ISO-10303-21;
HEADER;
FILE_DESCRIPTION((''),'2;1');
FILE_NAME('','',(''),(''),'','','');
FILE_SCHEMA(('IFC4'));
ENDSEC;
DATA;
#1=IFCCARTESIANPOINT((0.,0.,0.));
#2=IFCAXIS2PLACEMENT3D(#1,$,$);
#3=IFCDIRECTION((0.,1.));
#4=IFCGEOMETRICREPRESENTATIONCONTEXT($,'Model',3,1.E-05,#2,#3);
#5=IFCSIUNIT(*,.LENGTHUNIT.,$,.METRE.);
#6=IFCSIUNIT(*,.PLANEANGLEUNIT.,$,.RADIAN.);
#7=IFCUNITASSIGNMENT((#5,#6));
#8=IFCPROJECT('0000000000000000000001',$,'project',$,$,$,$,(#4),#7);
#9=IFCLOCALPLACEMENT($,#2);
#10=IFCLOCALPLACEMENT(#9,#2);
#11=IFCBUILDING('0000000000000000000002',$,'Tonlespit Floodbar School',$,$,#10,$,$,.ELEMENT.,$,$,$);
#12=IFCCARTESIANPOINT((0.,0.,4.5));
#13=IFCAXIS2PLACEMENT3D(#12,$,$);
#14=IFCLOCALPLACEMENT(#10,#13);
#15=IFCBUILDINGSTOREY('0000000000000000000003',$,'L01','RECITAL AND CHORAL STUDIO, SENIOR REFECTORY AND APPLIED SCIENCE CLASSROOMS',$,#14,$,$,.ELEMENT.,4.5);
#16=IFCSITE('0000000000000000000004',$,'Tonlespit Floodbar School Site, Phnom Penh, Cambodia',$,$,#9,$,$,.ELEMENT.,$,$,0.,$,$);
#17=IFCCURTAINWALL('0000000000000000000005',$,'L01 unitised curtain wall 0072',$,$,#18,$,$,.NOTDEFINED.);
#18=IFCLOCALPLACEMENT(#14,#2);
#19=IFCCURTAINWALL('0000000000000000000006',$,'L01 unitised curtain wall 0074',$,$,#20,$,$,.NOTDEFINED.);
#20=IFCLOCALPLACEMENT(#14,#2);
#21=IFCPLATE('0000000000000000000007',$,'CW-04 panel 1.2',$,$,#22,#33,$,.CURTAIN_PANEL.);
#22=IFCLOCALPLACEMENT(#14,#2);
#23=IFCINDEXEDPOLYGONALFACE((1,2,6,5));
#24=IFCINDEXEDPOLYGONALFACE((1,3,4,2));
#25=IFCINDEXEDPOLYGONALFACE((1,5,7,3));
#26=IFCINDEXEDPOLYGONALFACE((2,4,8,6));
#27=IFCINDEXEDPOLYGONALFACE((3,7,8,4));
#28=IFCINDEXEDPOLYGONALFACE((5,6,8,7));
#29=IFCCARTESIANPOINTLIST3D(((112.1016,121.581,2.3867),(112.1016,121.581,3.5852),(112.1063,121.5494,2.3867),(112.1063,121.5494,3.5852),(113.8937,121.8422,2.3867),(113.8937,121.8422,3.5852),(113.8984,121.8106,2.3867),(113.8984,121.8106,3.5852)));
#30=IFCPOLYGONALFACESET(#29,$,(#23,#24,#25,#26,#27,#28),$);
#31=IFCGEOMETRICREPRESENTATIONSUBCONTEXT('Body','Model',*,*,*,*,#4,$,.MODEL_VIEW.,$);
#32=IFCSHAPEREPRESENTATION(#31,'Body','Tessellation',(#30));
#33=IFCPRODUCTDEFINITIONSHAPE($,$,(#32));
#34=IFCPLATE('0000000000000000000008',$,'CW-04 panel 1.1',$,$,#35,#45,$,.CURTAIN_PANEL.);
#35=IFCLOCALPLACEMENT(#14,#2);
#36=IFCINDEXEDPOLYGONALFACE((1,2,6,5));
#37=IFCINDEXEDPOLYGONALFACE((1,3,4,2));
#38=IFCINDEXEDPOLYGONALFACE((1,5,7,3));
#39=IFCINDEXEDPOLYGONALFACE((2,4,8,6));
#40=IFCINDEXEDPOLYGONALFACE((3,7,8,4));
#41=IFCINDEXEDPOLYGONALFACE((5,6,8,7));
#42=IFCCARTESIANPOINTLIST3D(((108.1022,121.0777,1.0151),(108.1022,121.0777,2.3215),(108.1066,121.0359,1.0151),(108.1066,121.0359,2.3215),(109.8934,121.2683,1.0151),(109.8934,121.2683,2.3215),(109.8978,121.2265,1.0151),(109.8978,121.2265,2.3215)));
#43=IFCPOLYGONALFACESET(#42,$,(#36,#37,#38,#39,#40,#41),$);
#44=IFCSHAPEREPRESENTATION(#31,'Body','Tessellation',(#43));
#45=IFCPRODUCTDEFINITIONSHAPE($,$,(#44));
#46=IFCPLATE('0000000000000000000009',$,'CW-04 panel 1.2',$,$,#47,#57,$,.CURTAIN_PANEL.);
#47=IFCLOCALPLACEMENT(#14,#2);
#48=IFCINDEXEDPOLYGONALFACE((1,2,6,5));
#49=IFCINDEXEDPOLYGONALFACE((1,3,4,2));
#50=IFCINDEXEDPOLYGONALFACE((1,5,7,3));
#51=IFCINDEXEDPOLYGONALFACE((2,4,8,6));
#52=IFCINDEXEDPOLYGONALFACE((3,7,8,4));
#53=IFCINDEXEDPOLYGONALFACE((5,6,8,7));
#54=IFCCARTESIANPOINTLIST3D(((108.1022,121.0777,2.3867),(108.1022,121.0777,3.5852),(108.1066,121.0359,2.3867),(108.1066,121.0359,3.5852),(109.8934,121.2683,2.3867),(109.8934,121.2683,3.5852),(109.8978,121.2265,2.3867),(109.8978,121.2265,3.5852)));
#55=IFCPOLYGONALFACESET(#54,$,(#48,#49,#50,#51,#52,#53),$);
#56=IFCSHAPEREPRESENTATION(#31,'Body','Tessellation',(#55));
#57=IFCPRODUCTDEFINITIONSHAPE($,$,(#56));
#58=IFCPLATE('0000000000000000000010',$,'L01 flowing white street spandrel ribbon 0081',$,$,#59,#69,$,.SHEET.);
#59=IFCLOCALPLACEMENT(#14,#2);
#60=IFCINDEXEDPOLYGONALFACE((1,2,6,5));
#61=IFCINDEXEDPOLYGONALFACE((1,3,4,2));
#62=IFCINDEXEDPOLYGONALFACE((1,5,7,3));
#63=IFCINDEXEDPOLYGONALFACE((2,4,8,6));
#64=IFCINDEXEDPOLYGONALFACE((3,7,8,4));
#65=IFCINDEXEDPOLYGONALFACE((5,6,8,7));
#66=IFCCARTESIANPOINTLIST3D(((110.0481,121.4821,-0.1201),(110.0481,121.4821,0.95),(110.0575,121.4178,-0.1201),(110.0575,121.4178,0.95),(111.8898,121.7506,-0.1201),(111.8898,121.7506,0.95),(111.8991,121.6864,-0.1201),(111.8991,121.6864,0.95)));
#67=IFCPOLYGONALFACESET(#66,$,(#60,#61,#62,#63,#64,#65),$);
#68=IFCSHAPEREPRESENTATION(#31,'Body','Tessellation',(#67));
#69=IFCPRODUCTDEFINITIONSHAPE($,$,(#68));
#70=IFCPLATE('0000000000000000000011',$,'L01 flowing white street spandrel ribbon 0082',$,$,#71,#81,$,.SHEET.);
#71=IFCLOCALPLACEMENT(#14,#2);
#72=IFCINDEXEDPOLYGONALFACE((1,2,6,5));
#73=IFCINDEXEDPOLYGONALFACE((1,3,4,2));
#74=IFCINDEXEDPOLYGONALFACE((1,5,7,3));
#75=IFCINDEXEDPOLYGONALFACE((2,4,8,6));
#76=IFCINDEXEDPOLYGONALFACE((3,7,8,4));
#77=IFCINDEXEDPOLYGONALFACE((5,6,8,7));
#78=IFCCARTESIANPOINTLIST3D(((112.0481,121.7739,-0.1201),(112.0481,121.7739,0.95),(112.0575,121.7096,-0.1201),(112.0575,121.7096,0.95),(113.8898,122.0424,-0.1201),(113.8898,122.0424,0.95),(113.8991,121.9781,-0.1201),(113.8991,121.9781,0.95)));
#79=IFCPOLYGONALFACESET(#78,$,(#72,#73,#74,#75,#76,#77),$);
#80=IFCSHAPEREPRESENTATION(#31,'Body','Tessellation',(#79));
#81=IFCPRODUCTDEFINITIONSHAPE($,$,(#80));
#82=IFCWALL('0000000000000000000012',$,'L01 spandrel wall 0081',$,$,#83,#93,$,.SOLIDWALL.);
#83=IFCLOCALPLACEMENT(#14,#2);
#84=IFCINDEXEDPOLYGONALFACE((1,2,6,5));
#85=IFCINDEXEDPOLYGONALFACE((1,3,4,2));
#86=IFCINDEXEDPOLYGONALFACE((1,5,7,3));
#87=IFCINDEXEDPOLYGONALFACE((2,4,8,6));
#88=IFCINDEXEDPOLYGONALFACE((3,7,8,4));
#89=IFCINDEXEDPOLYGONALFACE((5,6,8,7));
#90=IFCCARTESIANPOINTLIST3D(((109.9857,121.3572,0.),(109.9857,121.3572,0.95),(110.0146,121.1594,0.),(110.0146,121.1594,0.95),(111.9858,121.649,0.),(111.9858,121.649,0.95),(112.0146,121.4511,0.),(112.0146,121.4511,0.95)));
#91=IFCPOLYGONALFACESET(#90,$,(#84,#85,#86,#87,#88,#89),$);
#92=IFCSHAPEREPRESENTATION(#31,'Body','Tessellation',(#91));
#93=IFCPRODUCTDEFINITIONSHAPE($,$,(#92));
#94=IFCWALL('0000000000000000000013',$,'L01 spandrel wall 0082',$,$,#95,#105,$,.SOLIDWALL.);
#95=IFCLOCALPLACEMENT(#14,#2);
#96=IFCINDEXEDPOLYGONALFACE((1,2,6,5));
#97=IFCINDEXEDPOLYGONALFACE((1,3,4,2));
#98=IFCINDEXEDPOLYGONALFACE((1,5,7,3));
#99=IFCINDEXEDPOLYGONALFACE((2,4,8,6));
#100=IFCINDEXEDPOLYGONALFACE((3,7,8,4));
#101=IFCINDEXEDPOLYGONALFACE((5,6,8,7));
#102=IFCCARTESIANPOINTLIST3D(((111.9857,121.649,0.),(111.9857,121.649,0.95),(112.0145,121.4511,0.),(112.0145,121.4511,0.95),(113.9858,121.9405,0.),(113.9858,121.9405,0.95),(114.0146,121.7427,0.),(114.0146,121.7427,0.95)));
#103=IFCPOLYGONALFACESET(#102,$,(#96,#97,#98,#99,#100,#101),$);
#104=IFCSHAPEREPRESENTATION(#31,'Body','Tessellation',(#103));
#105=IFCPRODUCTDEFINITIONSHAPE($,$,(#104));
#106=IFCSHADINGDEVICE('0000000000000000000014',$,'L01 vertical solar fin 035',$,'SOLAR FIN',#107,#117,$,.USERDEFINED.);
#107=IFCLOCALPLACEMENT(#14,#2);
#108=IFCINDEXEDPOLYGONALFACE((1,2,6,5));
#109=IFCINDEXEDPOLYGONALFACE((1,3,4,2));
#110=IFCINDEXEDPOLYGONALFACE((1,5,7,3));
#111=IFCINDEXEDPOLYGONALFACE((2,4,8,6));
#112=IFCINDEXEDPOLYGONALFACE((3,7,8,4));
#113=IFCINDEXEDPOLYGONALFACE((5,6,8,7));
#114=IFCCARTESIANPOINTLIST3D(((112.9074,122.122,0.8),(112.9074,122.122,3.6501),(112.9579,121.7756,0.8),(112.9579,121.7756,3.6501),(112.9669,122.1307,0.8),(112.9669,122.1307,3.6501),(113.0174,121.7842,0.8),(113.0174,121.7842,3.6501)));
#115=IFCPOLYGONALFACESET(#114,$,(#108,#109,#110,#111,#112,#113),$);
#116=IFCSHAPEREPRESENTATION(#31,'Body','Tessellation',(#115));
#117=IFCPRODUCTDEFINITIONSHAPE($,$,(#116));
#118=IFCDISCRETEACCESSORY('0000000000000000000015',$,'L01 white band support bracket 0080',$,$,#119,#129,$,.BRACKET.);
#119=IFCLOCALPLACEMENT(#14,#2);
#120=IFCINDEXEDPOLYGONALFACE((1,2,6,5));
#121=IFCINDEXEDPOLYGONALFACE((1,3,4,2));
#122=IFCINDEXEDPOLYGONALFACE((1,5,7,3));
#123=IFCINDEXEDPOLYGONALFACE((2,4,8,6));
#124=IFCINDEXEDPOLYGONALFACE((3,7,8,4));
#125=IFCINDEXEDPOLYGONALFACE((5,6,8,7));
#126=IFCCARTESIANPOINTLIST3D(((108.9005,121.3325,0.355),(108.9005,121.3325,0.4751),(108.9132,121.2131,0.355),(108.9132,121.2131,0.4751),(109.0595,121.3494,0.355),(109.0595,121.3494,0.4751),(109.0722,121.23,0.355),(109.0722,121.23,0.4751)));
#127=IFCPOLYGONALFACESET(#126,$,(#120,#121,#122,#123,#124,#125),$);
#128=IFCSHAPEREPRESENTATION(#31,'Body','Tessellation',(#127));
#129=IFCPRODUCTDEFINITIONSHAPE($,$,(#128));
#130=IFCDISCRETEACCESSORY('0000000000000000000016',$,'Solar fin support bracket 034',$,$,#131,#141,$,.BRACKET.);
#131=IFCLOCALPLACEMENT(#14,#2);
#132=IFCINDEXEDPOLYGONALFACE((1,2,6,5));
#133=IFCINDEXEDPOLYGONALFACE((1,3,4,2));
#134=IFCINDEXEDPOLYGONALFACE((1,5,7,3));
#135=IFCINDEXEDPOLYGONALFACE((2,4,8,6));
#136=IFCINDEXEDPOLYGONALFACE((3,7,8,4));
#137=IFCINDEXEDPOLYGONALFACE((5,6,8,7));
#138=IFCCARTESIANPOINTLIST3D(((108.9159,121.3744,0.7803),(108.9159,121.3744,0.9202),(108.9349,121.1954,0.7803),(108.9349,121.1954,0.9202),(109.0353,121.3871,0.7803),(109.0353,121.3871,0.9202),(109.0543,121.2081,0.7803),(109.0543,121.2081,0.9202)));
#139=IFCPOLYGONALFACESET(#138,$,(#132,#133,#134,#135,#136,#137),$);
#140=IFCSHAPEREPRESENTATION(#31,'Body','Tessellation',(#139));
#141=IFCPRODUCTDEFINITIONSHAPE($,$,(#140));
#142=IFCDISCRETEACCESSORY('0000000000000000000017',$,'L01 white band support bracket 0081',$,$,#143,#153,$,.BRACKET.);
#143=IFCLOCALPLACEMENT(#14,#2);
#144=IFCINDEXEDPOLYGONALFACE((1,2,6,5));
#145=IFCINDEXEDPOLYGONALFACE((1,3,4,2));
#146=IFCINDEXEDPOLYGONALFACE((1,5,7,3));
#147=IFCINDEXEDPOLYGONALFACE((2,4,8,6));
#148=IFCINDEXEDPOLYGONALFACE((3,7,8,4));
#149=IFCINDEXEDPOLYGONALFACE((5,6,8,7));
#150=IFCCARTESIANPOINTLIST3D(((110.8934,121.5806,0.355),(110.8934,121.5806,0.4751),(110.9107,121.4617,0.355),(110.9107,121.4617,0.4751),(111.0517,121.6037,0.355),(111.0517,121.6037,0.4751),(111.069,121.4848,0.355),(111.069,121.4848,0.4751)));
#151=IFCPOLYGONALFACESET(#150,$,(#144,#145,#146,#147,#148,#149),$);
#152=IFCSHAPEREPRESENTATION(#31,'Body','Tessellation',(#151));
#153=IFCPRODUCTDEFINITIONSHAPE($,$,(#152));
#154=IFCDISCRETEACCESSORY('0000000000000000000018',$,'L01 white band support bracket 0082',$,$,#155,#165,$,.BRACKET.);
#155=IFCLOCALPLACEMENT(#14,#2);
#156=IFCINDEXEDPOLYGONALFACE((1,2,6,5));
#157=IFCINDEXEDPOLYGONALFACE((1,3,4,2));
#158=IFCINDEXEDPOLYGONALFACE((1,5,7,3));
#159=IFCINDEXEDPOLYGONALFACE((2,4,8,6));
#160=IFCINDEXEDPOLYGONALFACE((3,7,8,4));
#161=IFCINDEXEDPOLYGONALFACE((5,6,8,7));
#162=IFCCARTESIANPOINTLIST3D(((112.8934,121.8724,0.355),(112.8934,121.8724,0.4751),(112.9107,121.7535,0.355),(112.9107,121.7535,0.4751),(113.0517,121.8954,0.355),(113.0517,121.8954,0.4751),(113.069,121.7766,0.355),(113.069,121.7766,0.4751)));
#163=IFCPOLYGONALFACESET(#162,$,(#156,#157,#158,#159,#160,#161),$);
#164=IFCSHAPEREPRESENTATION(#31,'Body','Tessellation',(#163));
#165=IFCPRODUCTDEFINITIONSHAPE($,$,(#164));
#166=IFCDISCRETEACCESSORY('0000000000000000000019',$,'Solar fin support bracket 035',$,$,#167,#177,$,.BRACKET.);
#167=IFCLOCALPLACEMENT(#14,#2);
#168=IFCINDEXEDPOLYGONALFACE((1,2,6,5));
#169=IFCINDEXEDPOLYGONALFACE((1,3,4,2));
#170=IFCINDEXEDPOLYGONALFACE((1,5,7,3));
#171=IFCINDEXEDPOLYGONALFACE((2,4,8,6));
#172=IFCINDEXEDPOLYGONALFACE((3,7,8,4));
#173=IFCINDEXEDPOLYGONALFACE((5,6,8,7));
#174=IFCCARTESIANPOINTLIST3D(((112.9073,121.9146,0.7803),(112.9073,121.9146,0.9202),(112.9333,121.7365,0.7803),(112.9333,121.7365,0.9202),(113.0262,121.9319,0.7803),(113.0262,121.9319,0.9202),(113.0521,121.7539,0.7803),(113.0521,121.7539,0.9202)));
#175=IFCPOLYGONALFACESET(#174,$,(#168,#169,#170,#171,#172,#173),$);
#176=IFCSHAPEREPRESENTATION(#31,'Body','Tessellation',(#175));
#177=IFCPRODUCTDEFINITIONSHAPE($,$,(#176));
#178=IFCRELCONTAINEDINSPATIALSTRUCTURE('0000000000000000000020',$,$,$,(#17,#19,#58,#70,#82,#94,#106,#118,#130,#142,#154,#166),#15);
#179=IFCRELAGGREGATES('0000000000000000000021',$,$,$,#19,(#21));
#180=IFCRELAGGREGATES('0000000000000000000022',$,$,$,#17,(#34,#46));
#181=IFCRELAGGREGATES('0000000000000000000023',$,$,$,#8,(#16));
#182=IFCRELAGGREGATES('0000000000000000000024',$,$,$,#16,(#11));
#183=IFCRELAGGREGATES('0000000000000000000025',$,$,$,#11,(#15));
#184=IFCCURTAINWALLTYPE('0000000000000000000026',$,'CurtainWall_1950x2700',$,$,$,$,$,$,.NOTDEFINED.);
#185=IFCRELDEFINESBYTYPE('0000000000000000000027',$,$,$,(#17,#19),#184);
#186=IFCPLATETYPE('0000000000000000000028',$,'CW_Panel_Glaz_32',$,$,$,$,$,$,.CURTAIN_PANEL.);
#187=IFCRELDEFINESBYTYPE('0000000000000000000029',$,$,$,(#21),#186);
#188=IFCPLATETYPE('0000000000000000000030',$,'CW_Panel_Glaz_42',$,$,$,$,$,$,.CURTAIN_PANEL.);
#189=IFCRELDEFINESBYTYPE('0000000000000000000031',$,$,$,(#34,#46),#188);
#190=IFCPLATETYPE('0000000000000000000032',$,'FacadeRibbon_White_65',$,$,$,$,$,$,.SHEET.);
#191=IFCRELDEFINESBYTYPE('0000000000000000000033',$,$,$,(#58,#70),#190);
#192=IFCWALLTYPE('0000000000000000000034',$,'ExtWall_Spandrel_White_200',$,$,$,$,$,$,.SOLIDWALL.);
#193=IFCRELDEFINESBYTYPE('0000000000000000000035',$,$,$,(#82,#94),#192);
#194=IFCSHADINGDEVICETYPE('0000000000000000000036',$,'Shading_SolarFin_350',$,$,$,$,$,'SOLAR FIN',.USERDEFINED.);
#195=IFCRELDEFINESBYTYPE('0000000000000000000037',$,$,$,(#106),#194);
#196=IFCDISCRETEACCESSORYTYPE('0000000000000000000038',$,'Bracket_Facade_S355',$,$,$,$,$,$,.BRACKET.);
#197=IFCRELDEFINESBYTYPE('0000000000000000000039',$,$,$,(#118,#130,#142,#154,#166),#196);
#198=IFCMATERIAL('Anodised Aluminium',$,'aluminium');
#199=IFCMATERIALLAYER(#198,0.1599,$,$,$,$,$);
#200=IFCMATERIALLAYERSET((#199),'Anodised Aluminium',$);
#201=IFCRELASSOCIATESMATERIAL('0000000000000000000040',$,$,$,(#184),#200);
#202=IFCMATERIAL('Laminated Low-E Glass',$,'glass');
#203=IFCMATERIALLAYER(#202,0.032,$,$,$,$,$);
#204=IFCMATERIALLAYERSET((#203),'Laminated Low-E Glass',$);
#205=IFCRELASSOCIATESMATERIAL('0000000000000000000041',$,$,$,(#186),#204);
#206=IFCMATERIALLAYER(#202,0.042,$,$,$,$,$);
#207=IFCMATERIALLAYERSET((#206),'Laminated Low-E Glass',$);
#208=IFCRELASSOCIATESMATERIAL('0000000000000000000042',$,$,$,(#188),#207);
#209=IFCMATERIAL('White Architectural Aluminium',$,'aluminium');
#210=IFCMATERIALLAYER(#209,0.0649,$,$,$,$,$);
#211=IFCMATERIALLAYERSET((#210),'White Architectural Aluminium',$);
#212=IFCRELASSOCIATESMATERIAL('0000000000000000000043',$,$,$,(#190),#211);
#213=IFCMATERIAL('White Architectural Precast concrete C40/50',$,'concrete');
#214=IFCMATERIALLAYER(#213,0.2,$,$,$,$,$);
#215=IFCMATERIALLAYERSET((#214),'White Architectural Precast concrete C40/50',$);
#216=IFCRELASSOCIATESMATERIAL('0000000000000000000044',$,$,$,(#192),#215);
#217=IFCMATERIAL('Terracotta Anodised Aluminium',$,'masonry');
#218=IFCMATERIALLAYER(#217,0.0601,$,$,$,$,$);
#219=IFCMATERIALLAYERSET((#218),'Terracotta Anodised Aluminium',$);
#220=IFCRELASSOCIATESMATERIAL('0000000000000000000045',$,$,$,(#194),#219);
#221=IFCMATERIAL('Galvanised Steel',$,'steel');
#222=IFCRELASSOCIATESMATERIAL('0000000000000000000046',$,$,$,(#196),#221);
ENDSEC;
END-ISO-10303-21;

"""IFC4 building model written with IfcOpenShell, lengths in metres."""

from ifc_helpers import new_model, si_unit, direction, frame, frame_2d, origin, origin_2d, place, context, subcontext, project, spatial, rectangle, extrude, material, layer, layer_set, type_object, element, aggregate, save


model = new_model("IFC4")

# Units and contexts
model_context = context("Model", 3, precision=1e-05, world=origin(), true_north=direction((0.0, 1.0)))
body_context = subcontext(model_context, "Body", "Model", "MODEL_VIEW")
ifc_project = project(units=[si_unit("LENGTHUNIT", "METRE"), si_unit("PLANEANGLEUNIT", "RADIAN")], contexts=[model_context])

# Site, building, storey
site_placement = place(None, origin())
site = spatial("IfcSite", under=ifc_project, at=site_placement, Name="Tonlespit Floodbar School Site, Phnom Penh, Cambodia", CompositionType="ELEMENT", RefElevation=0.0)
building_placement = place(site_placement, origin())
building = spatial("IfcBuilding", under=site, at=building_placement, Name="Tonlespit Floodbar School", CompositionType="ELEMENT")
storey_placement = place(building_placement, frame((0.0, 0.0, 4.5)))
storey = spatial("IfcBuildingStorey", under=building, at=storey_placement, Name="L01", Description="RECITAL AND CHORAL STUDIO, SENIOR REFECTORY AND APPLIED SCIENCE CLASSROOMS", CompositionType="ELEMENT", Elevation=4.5)

# Curtain wall
ifc_material_1 = material(Name="Anodised Aluminium", Category="aluminium")
ifc_layer_1 = layer(ifc_material_1, 0.1599)
ifc_layer_set_1 = layer_set([ifc_layer_1], Name="Anodised Aluminium")
curtain_wall_type = type_object("IfcCurtainWallType", Name="CurtainWall_1950x2700", PredefinedType="NOTDEFINED", material=ifc_layer_set_1)
curtain_wall_1_placement = place(storey_placement, origin())
curtain_wall_1 = element("IfcCurtainWall", 1, at=curtain_wall_1_placement, inside=storey, type_object=curtain_wall_type, Name="L01 unitised curtain wall 0072", PredefinedType="NOTDEFINED")

# Curtain wall
curtain_wall_2_placement = place(storey_placement, origin())
curtain_wall_2 = element("IfcCurtainWall", 2, at=curtain_wall_2_placement, inside=storey, type_object=curtain_wall_type, Name="L01 unitised curtain wall 0074", PredefinedType="NOTDEFINED")

# Plates
ifc_material_2 = material(Name="Laminated Low-E Glass", Category="glass")
ifc_layer_2 = layer(ifc_material_2, 0.032)
ifc_layer_set_2 = layer_set([ifc_layer_2], Name="Laminated Low-E Glass")
plate_type_1 = type_object("IfcPlateType", Name="CW_Panel_Glaz_32", PredefinedType="CURTAIN_PANEL", material=ifc_layer_set_2)
plate_1_placement = place(storey_placement, frame((113.0, 121.6958, 2.3867), z_axis=(0.0, 0.0, 1.0), x_axis=(0.989542, 0.144248, 0.0)))
plate_1 = element("IfcPlate", 3, at=plate_1_placement, type_object=plate_type_1, Name="CW-04 panel 1.2", PredefinedType="CURTAIN_PANEL", context=body_context, shape_type="SweptSolid", body=[
    extrude(rectangle(XDim=1.811, YDim=0.032, at=origin_2d()), origin(), (0.0, 0.0, 1.0), 1.1985),
])
aggregate(curtain_wall_2, [plate_1])
ifc_layer_3 = layer(ifc_material_2, 0.042)
ifc_layer_set_3 = layer_set([ifc_layer_3], Name="Laminated Low-E Glass")
plate_type_2 = type_object("IfcPlateType", Name="CW_Panel_Glaz_42", PredefinedType="CURTAIN_PANEL", material=ifc_layer_set_3)
plate_2_placement = place(storey_placement, frame((109.0, 121.1521, 1.0151), z_axis=(0.0, 0.0, 1.0), x_axis=(0.994389, 0.105787, 0.0)))
plate_2 = element("IfcPlate", 4, at=plate_2_placement, type_object=plate_type_2, Name="CW-04 panel 1.1", PredefinedType="CURTAIN_PANEL", context=body_context, shape_type="SweptSolid", body=[
    extrude(rectangle(XDim=1.8013, YDim=0.042, at=origin_2d()), origin(), (0.0, 0.0, 1.0), 1.3064),
])
plate_3_placement = place(storey_placement, frame((109.0, 121.1521, 2.3867), z_axis=(0.0, 0.0, 1.0), x_axis=(0.994389, 0.105787, 0.0)))
plate_3 = element("IfcPlate", 5, at=plate_3_placement, type_object=plate_type_2, Name="CW-04 panel 1.2", PredefinedType="CURTAIN_PANEL", context=body_context, shape_type="SweptSolid", body=[
    extrude(rectangle(XDim=1.8013, YDim=0.042, at=origin_2d()), origin(), (0.0, 0.0, 1.0), 1.1985),
])
aggregate(curtain_wall_1, [plate_2, plate_3])

# Plates
ifc_material_3 = material(Name="White Architectural Aluminium", Category="aluminium")
ifc_layer_4 = layer(ifc_material_3, 0.0649)
ifc_layer_set_4 = layer_set([ifc_layer_4], Name="White Architectural Aluminium")
plate_type_3 = type_object("IfcPlateType", Name="FacadeRibbon_White_65", PredefinedType="SHEET", material=ifc_layer_set_4)
for number, where, z_axis, x_axis, name in (
    (6, (110.9736, 121.5842, -0.1201), (0.0, 0.0, 1.0), (0.989538, 0.144275, 0.0), "L01 flowing white street spandrel ribbon 0081"),
    (7, (112.9736, 121.876, -0.1201), (0.0, 0.0, 1.0), (0.989538, 0.144275, 0.0), "L01 flowing white street spandrel ribbon 0082"),
):
    element("IfcPlate", number, at=place(storey_placement, frame(where, z_axis=z_axis, x_axis=x_axis)), inside=storey, type_object=plate_type_3, Name=name, PredefinedType="SHEET", context=body_context, shape_type="SweptSolid", body=[
        extrude(rectangle(XDim=1.8611, YDim=0.0649, at=origin_2d()), origin(), (0.0, 0.0, 1.0), 1.0701),
    ])

# Walls
ifc_material_4 = material(Name="White Architectural Precast concrete C40/50", Category="concrete")
ifc_layer_5 = layer(ifc_material_4, 0.2)
ifc_layer_set_5 = layer_set([ifc_layer_5], Name="White Architectural Precast concrete C40/50")
wall_type = type_object("IfcWallType", Name="ExtWall_Spandrel_White_200", PredefinedType="SOLIDWALL", material=ifc_layer_set_5)
for number, where, z_axis, x_axis, name in (
    (8, (110.0, 121.2583, 0.0), (0.0, 0.0, 1.0), (0.989527, 0.144346, 0.0), "L01 spandrel wall 0081"),
    (9, (112.0, 121.55, 0.0), (0.0, 0.0, 1.0), (0.989544, 0.144228, 0.0), "L01 spandrel wall 0082"),
):
    element("IfcWall", number, at=place(storey_placement, frame(where, z_axis=z_axis, x_axis=x_axis)), inside=storey, type_object=wall_type, Name=name, PredefinedType="SOLIDWALL", context=body_context, shape_type="SweptSolid", body=[
        extrude(rectangle(XDim=2.0212, YDim=0.2, at=frame_2d((1.0107, 0.0))), origin(), (0.0, 0.0, 1.0), 0.95),
    ])

# Shading device
ifc_material_5 = material(Name="Terracotta Anodised Aluminium", Category="masonry")
ifc_layer_6 = layer(ifc_material_5, 0.0601)
ifc_layer_set_6 = layer_set([ifc_layer_6], Name="Terracotta Anodised Aluminium")
shading_device_type = type_object("IfcShadingDeviceType", Name="Shading_SolarFin_350", ElementType="SOLAR FIN", PredefinedType="USERDEFINED", material=ifc_layer_set_6)
shading_device_placement = place(storey_placement, frame((112.9624, 121.9531, 0.8), z_axis=(0.0, 0.0, 1.0), x_axis=(0.989538, 0.144275, 0.0)))
element("IfcShadingDevice", 10, at=shading_device_placement, inside=storey, type_object=shading_device_type, Name="L01 vertical solar fin 035", ObjectType="SOLAR FIN", PredefinedType="USERDEFINED", context=body_context, shape_type="SweptSolid", body=[
    extrude(rectangle(XDim=0.0601, YDim=0.3501, at=origin_2d()), origin(), (0.0, 0.0, 1.0), 2.8501),
])

# Discrete accessories
ifc_material_6 = material(Name="Galvanised Steel", Category="steel")
discrete_accessory_type = type_object("IfcDiscreteAccessoryType", Name="Bracket_Facade_S355", PredefinedType="BRACKET", material=ifc_material_6)
discrete_accessory_1_placement = place(storey_placement, frame((108.9863, 121.2812, 0.355), z_axis=(0.0, 0.0, 1.0), x_axis=(0.994392, 0.105754, 0.0)))
element("IfcDiscreteAccessory", 11, at=discrete_accessory_1_placement, inside=storey, type_object=discrete_accessory_type, Name="L01 white band support bracket 0080", PredefinedType="BRACKET", context=body_context, shape_type="SweptSolid", body=[
    extrude(rectangle(XDim=0.1599, YDim=0.1201, at=origin_2d()), origin(), (0.0, 0.0, 1.0), 0.1201),
])
discrete_accessory_2_placement = place(storey_placement, frame((108.9851, 121.2913, 0.7803), z_axis=(0.0, 0.0, 1.0), x_axis=(0.994392, 0.105754, 0.0)))
element("IfcDiscreteAccessory", 12, at=discrete_accessory_2_placement, inside=storey, type_object=discrete_accessory_type, Name="Solar fin support bracket 034", PredefinedType="BRACKET", context=body_context, shape_type="SweptSolid", body=[
    extrude(rectangle(XDim=0.1201, YDim=0.1799, at=origin_2d()), origin(), (0.0, 0.0, 1.0), 0.1399),
])
for number, where, z_axis, x_axis, name in (
    (13, (110.9812, 121.5327, 0.355), (0.0, 0.0, 1.0), (0.989538, 0.144275, 0.0), "L01 white band support bracket 0081"),
    (14, (112.9812, 121.8245, 0.355), (0.0, 0.0, 1.0), (0.989538, 0.144275, 0.0), "L01 white band support bracket 0082"),
):
    element("IfcDiscreteAccessory", number, at=place(storey_placement, frame(where, z_axis=z_axis, x_axis=x_axis)), inside=storey, type_object=discrete_accessory_type, Name=name, PredefinedType="BRACKET", context=body_context, shape_type="SweptSolid", body=[
        extrude(rectangle(XDim=0.1599, YDim=0.1201, at=origin_2d()), origin(), (0.0, 0.0, 1.0), 0.1201),
    ])
discrete_accessory_3_placement = place(storey_placement, frame((112.9797, 121.8342, 0.7803), z_axis=(0.0, 0.0, 1.0), x_axis=(0.989538, 0.144275, 0.0)))
element("IfcDiscreteAccessory", 15, at=discrete_accessory_3_placement, inside=storey, type_object=discrete_accessory_type, Name="Solar fin support bracket 035", PredefinedType="BRACKET", context=body_context, shape_type="SweptSolid", body=[
    extrude(rectangle(XDim=0.1201, YDim=0.1799, at=origin_2d()), origin(), (0.0, 0.0, 1.0), 0.1399),
])

save(model, "model.ifc")
